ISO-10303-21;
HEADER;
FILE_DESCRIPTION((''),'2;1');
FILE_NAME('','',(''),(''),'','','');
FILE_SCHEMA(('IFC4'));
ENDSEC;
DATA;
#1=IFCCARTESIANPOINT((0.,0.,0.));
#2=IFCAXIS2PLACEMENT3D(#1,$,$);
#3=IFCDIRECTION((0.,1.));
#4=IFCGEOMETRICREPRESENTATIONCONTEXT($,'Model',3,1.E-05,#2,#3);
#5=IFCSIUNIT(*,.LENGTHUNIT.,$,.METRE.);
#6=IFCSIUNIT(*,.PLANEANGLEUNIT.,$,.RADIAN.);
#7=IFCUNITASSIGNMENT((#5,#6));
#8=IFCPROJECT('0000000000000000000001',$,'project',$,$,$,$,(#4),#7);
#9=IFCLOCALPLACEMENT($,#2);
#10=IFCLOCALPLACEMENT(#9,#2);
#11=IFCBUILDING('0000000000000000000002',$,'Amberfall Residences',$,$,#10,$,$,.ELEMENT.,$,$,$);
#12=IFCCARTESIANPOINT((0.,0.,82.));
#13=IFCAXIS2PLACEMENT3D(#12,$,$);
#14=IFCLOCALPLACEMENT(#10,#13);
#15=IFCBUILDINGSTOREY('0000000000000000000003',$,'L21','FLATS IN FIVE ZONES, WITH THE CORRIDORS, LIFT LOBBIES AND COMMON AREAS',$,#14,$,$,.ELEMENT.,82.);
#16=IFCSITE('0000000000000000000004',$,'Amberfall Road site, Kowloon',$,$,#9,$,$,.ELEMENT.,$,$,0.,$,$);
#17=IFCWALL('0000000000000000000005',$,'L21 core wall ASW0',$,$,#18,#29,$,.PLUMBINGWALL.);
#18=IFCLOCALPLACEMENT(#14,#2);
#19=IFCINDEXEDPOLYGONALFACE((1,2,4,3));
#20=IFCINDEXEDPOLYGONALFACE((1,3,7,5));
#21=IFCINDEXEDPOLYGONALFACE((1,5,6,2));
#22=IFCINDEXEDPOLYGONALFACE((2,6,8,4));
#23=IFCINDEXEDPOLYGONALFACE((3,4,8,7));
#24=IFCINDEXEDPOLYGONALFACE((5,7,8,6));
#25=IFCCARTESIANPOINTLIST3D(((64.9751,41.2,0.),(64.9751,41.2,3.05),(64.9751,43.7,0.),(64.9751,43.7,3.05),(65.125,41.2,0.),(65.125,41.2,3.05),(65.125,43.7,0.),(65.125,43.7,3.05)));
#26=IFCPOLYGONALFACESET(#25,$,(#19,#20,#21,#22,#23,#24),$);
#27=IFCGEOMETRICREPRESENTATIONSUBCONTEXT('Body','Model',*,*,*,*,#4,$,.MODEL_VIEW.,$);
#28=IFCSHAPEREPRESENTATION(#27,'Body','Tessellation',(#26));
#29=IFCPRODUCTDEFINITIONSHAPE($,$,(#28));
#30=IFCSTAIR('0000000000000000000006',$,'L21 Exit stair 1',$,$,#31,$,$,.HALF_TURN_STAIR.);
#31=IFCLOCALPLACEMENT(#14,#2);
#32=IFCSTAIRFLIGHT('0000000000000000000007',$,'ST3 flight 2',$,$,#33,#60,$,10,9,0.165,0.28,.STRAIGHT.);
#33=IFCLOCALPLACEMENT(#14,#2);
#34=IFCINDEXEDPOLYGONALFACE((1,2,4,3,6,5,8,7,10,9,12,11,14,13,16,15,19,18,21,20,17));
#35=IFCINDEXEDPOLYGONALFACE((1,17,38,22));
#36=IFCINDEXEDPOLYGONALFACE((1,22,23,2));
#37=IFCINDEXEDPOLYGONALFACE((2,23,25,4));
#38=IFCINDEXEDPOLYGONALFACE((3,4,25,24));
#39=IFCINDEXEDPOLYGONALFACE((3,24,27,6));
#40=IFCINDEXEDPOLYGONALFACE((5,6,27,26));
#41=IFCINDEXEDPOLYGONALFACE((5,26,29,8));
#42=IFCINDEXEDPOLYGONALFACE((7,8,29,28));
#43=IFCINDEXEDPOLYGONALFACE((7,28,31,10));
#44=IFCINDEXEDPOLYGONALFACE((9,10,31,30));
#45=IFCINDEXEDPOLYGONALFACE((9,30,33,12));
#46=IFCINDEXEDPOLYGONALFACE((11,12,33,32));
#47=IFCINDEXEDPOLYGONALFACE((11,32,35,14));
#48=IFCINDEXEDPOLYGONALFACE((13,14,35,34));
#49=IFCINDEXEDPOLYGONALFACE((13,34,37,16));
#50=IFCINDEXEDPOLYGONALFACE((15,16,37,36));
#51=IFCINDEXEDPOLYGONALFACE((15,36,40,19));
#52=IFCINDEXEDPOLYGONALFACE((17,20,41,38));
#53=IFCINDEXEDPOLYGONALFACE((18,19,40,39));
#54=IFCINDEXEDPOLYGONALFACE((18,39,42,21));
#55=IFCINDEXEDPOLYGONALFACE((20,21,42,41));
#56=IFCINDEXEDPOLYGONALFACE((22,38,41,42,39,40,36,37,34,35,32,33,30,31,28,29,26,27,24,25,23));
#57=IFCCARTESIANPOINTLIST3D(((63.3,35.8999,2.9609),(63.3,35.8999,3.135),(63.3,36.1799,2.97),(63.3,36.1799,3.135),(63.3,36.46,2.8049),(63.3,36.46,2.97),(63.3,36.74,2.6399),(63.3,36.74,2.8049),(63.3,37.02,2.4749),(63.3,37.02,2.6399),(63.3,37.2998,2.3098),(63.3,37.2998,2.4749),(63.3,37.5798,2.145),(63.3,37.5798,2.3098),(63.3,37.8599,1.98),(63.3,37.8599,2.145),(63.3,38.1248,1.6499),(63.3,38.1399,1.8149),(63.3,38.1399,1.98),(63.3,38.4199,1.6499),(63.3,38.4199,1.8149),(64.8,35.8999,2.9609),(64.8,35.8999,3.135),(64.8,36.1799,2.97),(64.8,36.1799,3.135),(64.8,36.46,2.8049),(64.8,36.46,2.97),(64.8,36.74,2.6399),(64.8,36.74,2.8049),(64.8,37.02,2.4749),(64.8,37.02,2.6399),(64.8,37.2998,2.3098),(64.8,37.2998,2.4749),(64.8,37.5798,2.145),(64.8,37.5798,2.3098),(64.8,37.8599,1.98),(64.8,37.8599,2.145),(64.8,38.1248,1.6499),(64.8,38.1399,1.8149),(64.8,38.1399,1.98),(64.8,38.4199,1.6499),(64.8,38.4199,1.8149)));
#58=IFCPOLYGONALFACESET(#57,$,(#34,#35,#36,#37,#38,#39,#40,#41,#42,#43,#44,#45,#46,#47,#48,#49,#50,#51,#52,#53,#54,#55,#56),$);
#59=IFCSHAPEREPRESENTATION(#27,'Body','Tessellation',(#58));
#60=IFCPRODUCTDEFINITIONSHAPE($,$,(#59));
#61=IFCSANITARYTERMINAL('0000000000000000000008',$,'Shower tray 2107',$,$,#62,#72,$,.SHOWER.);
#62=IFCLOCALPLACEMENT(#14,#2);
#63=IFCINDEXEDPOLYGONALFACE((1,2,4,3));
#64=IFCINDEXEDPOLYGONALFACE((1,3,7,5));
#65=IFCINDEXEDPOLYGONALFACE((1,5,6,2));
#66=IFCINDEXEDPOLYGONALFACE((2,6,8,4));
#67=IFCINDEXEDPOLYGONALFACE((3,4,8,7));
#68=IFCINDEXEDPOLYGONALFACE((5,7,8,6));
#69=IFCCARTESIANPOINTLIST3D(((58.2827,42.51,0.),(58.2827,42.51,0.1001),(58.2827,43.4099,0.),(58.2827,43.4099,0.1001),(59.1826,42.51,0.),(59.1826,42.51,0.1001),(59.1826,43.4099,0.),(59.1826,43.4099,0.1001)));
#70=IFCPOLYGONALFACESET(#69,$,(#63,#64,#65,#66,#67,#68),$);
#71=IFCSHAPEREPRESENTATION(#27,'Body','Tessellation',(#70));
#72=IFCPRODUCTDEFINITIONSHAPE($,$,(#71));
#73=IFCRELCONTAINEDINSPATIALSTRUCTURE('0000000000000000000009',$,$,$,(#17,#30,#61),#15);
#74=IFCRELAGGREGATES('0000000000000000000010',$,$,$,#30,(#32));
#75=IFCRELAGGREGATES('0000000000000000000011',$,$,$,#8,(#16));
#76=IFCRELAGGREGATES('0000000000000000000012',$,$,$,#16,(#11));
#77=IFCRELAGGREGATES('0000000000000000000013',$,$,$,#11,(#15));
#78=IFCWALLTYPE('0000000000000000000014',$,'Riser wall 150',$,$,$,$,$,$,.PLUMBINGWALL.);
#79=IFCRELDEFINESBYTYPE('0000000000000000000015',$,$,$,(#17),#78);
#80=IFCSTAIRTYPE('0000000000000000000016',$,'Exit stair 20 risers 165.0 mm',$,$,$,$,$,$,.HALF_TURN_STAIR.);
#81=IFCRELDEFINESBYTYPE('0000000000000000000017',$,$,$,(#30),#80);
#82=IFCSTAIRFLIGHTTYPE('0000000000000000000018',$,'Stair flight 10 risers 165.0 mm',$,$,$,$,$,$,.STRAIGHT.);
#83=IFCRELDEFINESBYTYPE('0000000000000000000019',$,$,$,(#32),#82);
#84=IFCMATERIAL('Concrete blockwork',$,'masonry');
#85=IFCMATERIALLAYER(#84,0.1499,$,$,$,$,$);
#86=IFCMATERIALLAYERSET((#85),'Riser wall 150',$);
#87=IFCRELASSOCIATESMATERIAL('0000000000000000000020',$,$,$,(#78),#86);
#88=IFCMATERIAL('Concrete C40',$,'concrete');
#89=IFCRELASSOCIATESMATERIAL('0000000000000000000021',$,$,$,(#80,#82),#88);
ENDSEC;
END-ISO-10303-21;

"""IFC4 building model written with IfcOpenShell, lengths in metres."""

from ifc_helpers import new_model, si_unit, direction, frame, frame_2d, origin, origin_2d, place, context, subcontext, project, spatial, polyline, rectangle, outline, extrude, material, layer, layer_set, type_object, element, aggregate, save


model = new_model("IFC4")

# Units and contexts
model_context = context("Model", 3, precision=1e-05, world=origin(), true_north=direction((0.0, 1.0)))
body_context = subcontext(model_context, "Body", "Model", "MODEL_VIEW")
ifc_project = project(units=[si_unit("LENGTHUNIT", "METRE"), si_unit("PLANEANGLEUNIT", "RADIAN")], contexts=[model_context])

# Site, building, storey
site_placement = place(None, origin())
site = spatial("IfcSite", under=ifc_project, at=site_placement, Name="Amberfall Road site, Kowloon", CompositionType="ELEMENT", RefElevation=0.0)
building_placement = place(site_placement, origin())
building = spatial("IfcBuilding", under=site, at=building_placement, Name="Amberfall Residences", CompositionType="ELEMENT")
storey_placement = place(building_placement, frame((0.0, 0.0, 82.0)))
storey = spatial("IfcBuildingStorey", under=building, at=storey_placement, Name="L21", Description="FLATS IN FIVE ZONES, WITH THE CORRIDORS, LIFT LOBBIES AND COMMON AREAS", CompositionType="ELEMENT", Elevation=82.0)

# Wall
ifc_material_1 = material(Name="Concrete blockwork", Category="masonry")
ifc_layer_1 = layer(ifc_material_1, 0.1499)
ifc_layer_set_1 = layer_set([ifc_layer_1], Name="Riser wall 150")
wall_type_1 = type_object("IfcWallType", Name="Riser wall 150", PredefinedType="PLUMBINGWALL", material=ifc_layer_set_1)
wall_1_placement = place(storey_placement, frame((65.05, 41.2, 0.0), z_axis=(0.0, 0.0, 1.0), x_axis=(0.0, 1.0, 0.0)))
element("IfcWall", 1, at=wall_1_placement, inside=storey, type_object=wall_type_1, Name="L21 core wall ASW0", PredefinedType="PLUMBINGWALL", context=body_context, shape_type="SweptSolid", body=[
    extrude(rectangle(XDim=2.5, YDim=0.1499, at=frame_2d((1.25, 0.0))), origin(), (0.0, 0.0, 1.0), 3.05),
])

# Stair, stair flight
ifc_material_2 = material(Name="Concrete C40", Category="concrete")
stair_type = type_object("IfcStairType", Name="Exit stair 20 risers 165.0 mm", PredefinedType="HALF_TURN_STAIR", material=ifc_material_2)
stair_placement = place(storey_placement, origin())
stair = element("IfcStair", 2, at=stair_placement, inside=storey, type_object=stair_type, Name="L21 Exit stair 1", PredefinedType="HALF_TURN_STAIR")
stair_flight_type = type_object("IfcStairFlightType", Name="Stair flight 10 risers 165.0 mm", PredefinedType="STRAIGHT", material=ifc_material_2)
stair_flight_placement = place(storey_placement, frame((64.05, 38.4199, 1.6499), z_axis=(0.0, 0.0, 1.0), x_axis=(0.0, -1.0, 0.0)))
stair_flight = element("IfcStairFlight", 3, at=stair_flight_placement, type_object=stair_flight_type, Name="ST3 flight 2", NumberOfRisers=10, NumberOfTreads=9, PredefinedType="STRAIGHT", RiserHeight=0.165, TreadLength=0.28, context=body_context, shape_type="SweptSolid", body=[
    extrude(outline(polyline([(0.0, 0.0), (0.0, 0.165), (0.28, 0.165), (0.28, 0.3301), (0.5601, 0.3301), (0.5601, 0.4951), (0.8401, 0.4951), (0.8401, 0.6599), (1.1201, 0.6599), (1.1201, 0.825), (1.3999, 0.825), (1.3999, 0.99), (1.6799, 0.99), (1.6799, 1.155), (1.96, 1.155), (1.96, 1.3201), (2.24, 1.3201), (2.24, 1.4851), (2.52, 1.4851), (2.52, 1.6499), (2.52, 1.311), (0.2952, 0.0), (0.0, 0.0)])), frame((0.0, 0.75, 0.0), z_axis=(0.0, -1.0, 0.0), x_axis=(1.0, 0.0, 0.0)), (0.0, 0.0, 1.0), 1.5),
])
aggregate(stair, [stair_flight])

# Sanitary terminal
sanitary_terminal_placement = place(storey_placement, frame((58.7327, 42.96, 0.0), z_axis=(0.0, 0.0, 1.0), x_axis=(1.0, 0.0, 0.0)))
element("IfcSanitaryTerminal", 4, at=sanitary_terminal_placement, inside=storey, Name="Shower tray 2107", PredefinedType="SHOWER", context=body_context, shape_type="SweptSolid", body=[
    extrude(rectangle(XDim=0.8999, YDim=0.8999, at=origin_2d()), origin(), (0.0, 0.0, 1.0), 0.1001),
])

save(model, "model.ifc")
